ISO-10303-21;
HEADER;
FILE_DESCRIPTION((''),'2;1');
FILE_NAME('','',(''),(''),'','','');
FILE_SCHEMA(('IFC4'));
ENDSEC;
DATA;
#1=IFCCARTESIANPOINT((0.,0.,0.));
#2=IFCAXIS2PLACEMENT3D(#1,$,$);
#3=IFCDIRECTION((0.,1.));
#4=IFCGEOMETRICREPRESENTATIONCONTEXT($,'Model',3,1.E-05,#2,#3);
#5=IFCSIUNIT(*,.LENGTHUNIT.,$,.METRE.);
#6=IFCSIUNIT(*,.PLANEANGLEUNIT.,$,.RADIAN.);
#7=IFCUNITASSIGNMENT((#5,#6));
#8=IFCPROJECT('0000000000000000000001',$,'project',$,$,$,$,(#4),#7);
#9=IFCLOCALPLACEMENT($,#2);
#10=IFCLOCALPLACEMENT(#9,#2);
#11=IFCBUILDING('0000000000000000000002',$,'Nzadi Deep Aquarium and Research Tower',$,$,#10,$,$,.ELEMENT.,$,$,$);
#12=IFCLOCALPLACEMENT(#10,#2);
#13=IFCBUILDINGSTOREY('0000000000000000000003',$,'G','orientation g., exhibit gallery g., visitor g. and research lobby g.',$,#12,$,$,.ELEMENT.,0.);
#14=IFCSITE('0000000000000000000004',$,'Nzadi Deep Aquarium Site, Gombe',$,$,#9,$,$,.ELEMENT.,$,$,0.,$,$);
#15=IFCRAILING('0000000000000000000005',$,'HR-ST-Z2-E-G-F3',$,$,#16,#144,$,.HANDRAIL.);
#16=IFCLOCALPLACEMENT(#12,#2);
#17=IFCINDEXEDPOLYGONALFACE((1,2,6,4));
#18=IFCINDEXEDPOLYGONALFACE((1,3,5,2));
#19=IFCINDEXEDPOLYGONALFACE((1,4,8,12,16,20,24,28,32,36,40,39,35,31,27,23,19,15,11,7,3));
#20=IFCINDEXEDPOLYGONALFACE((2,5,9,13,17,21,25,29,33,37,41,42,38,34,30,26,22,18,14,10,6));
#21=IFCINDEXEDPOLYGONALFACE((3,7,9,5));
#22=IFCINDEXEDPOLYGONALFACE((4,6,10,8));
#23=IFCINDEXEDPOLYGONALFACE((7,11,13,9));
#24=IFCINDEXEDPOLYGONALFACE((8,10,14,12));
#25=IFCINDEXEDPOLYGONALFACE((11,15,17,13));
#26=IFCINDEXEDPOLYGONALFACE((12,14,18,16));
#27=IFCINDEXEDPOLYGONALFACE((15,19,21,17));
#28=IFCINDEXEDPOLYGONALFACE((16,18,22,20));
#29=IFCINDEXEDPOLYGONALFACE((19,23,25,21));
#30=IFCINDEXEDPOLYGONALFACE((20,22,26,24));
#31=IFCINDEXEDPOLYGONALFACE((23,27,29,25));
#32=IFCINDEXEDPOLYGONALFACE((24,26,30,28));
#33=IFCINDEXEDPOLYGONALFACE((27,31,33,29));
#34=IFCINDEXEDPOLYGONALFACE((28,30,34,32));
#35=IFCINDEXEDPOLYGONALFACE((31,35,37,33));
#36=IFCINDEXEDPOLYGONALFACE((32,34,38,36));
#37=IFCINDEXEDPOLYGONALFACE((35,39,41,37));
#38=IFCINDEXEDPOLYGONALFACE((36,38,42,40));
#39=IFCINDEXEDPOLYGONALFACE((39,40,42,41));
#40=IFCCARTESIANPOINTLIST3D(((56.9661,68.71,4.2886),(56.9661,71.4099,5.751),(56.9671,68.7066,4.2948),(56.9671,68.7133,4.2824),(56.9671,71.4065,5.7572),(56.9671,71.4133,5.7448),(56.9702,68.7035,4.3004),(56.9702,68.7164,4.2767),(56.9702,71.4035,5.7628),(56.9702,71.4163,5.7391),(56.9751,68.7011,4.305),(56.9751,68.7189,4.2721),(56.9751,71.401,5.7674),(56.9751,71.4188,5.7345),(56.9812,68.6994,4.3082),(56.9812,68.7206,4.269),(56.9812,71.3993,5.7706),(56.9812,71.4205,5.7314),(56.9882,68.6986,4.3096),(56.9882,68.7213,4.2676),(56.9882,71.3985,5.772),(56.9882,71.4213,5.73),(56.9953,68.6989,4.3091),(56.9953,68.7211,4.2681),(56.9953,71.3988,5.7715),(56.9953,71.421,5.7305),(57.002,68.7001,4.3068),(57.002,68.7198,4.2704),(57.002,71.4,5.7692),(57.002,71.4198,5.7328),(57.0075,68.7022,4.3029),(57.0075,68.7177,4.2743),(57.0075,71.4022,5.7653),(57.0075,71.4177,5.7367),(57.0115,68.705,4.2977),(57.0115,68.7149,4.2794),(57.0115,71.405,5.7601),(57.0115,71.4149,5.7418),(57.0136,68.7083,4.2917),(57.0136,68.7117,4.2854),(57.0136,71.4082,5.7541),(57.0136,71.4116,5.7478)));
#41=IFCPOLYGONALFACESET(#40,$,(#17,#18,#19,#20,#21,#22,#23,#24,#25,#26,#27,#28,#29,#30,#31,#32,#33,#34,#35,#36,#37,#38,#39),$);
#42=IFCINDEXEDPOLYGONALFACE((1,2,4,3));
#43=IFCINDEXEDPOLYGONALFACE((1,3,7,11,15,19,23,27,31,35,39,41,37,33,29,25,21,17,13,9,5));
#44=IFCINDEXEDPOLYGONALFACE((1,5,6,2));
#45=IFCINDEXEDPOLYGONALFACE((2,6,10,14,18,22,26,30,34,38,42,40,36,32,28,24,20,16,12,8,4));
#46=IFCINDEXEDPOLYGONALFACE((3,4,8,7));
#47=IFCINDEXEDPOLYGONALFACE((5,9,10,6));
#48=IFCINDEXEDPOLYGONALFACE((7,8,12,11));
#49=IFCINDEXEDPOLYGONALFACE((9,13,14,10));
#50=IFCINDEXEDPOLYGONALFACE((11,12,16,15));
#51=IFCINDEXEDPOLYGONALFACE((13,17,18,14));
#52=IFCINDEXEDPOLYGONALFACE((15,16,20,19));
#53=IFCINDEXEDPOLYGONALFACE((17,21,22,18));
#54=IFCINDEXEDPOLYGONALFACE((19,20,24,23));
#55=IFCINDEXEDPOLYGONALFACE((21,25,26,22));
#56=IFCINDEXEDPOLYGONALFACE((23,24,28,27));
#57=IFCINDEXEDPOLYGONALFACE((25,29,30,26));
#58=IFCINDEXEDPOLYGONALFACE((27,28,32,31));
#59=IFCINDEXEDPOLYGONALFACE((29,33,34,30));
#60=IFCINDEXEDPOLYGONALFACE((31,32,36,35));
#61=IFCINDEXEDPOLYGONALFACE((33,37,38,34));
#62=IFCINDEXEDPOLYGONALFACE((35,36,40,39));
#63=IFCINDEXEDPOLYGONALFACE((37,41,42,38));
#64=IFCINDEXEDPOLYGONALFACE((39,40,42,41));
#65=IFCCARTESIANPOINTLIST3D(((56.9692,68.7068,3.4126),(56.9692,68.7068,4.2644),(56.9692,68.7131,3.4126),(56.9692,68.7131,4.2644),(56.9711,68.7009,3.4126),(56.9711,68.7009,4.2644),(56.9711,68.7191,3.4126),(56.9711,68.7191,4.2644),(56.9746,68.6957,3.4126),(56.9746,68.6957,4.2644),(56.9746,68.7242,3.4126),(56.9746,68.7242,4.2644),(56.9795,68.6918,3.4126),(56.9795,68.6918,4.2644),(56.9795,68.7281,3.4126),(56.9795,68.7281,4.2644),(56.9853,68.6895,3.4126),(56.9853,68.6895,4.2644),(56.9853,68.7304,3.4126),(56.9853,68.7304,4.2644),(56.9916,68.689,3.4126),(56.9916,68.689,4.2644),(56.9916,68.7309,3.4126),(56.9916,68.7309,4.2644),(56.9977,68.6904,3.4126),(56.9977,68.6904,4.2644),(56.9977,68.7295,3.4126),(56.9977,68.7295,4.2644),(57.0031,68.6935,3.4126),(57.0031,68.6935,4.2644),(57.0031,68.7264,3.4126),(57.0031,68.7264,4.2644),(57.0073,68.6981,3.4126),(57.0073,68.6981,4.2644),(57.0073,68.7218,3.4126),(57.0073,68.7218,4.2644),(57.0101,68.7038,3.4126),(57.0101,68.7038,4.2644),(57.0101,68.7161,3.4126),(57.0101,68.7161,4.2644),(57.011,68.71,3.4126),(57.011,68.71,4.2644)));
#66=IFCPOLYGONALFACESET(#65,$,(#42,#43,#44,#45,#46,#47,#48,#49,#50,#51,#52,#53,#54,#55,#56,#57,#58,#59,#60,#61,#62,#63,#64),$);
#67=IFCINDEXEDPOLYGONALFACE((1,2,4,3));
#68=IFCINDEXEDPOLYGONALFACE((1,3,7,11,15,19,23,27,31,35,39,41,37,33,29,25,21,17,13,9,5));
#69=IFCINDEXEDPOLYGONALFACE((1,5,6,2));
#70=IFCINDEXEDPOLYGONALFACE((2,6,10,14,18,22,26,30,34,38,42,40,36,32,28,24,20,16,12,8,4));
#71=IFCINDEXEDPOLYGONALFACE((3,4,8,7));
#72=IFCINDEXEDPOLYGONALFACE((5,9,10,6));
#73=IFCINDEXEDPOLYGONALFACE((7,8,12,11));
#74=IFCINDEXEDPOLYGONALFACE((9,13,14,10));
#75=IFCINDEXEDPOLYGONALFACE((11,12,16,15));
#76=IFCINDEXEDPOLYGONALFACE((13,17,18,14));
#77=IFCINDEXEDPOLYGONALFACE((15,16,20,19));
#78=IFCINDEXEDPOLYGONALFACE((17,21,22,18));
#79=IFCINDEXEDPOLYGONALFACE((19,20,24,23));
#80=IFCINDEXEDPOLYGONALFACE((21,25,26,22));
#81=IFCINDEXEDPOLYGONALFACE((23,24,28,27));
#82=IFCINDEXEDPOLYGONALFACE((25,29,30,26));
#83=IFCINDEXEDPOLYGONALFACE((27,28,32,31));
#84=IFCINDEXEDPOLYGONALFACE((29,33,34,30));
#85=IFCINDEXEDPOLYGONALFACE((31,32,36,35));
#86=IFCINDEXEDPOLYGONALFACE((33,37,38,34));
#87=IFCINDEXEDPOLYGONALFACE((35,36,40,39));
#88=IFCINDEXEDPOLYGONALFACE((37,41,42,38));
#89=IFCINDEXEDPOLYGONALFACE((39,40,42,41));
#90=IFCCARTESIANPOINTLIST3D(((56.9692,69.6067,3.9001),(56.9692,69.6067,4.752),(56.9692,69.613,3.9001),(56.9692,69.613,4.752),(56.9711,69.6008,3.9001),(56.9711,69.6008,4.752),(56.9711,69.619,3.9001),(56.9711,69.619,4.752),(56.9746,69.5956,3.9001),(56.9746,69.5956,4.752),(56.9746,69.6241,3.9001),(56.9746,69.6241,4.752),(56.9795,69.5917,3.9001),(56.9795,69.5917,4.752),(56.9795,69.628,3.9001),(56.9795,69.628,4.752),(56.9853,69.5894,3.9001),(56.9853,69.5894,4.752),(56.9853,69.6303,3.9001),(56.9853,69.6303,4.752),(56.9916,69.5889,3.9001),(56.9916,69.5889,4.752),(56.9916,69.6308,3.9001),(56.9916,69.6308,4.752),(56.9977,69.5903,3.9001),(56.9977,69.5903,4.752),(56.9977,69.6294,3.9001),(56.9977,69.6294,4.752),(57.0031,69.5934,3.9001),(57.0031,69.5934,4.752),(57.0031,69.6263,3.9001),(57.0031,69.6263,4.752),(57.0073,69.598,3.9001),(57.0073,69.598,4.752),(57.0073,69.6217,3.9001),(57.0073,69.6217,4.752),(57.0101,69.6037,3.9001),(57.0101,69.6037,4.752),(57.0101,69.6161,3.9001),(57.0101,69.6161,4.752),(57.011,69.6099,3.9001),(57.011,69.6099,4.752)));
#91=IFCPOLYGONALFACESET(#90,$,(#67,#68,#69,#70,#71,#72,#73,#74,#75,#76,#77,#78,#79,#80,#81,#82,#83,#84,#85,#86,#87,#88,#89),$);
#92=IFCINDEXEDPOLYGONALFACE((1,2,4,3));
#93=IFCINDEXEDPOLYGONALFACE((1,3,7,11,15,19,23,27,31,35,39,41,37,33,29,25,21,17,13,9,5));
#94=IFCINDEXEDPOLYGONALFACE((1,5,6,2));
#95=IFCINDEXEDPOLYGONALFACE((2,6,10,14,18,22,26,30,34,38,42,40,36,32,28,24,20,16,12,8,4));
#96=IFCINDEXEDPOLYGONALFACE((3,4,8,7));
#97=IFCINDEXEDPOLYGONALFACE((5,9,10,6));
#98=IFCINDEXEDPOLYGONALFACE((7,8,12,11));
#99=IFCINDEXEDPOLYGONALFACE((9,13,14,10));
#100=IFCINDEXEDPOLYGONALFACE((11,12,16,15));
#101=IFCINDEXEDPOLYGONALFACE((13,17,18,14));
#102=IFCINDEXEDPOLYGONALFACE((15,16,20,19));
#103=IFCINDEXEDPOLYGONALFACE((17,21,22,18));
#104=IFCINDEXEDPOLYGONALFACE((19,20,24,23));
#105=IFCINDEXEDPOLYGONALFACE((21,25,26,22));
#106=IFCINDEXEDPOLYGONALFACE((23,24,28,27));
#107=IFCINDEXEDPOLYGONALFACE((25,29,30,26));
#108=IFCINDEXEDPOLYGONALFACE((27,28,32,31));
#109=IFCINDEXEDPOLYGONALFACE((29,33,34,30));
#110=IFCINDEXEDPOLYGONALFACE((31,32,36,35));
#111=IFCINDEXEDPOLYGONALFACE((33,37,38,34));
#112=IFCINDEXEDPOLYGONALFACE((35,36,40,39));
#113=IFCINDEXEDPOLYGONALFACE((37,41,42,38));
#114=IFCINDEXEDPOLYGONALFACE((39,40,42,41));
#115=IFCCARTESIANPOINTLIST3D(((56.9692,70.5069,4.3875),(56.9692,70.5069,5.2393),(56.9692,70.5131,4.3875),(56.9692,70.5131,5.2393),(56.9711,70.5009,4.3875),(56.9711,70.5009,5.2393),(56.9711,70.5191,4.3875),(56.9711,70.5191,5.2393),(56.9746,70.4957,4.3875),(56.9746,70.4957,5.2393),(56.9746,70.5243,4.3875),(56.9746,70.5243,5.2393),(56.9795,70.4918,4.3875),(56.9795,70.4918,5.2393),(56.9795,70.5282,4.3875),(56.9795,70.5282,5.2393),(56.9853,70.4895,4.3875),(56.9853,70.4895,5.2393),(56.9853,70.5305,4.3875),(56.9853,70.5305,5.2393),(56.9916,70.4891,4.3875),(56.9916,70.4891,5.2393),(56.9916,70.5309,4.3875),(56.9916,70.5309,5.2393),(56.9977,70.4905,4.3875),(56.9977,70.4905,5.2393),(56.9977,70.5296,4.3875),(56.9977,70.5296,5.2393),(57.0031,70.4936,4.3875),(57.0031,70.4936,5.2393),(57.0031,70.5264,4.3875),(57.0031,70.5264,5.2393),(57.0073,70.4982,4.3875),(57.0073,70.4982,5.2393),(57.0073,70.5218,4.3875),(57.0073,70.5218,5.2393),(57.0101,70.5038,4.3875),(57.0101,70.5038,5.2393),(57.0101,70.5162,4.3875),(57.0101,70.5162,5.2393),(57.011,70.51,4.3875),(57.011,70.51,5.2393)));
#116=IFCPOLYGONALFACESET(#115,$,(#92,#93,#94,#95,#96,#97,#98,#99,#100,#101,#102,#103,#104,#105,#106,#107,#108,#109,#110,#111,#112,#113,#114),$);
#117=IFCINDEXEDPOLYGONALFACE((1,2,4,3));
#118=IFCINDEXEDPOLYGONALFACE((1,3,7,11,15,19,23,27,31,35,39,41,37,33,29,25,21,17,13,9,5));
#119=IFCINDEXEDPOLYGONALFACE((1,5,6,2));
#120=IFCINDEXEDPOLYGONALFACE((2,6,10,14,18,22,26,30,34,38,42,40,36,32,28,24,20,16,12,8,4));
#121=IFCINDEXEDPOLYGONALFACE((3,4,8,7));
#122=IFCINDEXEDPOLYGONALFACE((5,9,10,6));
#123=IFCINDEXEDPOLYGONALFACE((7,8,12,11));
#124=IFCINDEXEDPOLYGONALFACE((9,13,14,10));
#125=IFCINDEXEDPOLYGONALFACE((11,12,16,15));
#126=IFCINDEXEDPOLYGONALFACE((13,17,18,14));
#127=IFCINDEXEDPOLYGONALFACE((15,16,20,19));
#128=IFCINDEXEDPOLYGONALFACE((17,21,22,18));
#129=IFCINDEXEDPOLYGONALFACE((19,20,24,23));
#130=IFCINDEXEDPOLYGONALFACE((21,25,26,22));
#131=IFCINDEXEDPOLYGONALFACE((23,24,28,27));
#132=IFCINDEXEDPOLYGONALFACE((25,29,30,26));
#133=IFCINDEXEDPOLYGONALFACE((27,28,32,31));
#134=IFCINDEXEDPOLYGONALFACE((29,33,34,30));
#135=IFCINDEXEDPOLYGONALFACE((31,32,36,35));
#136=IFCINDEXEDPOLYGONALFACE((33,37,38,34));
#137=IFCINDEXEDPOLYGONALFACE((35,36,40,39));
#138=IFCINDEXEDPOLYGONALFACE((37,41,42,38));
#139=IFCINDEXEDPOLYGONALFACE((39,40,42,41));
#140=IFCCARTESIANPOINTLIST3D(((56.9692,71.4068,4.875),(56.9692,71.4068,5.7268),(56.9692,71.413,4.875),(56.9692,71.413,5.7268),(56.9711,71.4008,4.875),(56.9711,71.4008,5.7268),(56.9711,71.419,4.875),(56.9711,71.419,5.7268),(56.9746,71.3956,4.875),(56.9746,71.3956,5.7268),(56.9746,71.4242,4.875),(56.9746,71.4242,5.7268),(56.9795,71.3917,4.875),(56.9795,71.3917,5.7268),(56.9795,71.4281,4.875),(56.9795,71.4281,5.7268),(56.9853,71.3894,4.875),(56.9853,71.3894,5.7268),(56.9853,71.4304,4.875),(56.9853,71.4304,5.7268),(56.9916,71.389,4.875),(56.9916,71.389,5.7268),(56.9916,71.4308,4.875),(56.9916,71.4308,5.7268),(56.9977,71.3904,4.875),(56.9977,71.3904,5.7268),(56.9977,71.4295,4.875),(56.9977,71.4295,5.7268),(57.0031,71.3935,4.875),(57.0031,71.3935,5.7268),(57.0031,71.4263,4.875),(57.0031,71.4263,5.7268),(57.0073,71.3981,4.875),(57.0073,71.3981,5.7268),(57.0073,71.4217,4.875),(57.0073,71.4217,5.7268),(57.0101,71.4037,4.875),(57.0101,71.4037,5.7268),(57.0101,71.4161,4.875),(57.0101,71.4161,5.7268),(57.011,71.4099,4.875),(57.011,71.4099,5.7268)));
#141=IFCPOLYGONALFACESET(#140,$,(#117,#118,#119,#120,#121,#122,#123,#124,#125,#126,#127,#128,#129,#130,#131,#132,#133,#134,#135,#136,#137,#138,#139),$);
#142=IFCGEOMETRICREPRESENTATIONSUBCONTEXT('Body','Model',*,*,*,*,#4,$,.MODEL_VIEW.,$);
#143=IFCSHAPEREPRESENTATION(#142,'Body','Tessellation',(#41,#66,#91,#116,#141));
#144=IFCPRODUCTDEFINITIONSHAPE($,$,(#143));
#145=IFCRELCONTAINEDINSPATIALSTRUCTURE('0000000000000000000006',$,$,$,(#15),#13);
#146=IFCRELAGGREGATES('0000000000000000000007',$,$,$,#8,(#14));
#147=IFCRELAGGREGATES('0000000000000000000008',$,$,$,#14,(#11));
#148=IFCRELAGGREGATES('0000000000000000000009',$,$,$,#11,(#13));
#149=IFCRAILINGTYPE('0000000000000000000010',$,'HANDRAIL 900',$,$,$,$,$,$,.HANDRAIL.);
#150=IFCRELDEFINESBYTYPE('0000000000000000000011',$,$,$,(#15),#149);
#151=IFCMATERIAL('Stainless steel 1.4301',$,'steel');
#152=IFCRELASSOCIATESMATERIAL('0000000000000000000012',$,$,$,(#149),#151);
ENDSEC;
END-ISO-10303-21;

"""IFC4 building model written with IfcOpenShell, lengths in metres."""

from ifc_helpers import new_model, si_unit, direction, frame, origin, origin_2d, place, context, subcontext, project, spatial, circle, extrude, material, type_object, element, save


model = new_model("IFC4")

# Units and contexts
model_context = context("Model", 3, precision=1e-05, world=origin(), true_north=direction((0.0, 1.0)))
body_context = subcontext(model_context, "Body", "Model", "MODEL_VIEW")
ifc_project = project(units=[si_unit("LENGTHUNIT", "METRE"), si_unit("PLANEANGLEUNIT", "RADIAN")], contexts=[model_context])

# Site, building, storey
site_placement = place(None, origin())
site = spatial("IfcSite", under=ifc_project, at=site_placement, Name="Nzadi Deep Aquarium Site, Gombe", CompositionType="ELEMENT", RefElevation=0.0)
building_placement = place(site_placement, origin())
building = spatial("IfcBuilding", under=site, at=building_placement, Name="Nzadi Deep Aquarium and Research Tower", CompositionType="ELEMENT")
storey_placement = place(building_placement, origin())
storey = spatial("IfcBuildingStorey", under=building, at=storey_placement, Name="G", Description="orientation g., exhibit gallery g., visitor g. and research lobby g.", CompositionType="ELEMENT", Elevation=0.0)

# Railing
ifc_material_1 = material(Name="Stainless steel 1.4301", Category="steel")
railing_type = type_object("IfcRailingType", Name="HANDRAIL 900", PredefinedType="HANDRAIL", material=ifc_material_1)
for number, where, name in (
    (1, (56.99, 68.71, 3.4126), "HR-ST-Z2-E-G-F3"),
):
    element("IfcRailing", number, at=place(storey_placement, frame(where)), inside=storey, type_object=railing_type, Name=name, PredefinedType="HANDRAIL", context=body_context, shape_type="SweptSolid", body=[
        extrude(circle(Radius=0.0239, at=origin_2d()), frame((0.0, 0.0, 0.876), z_axis=(0.0, 0.879302, 0.476265), x_axis=(-1.0, 0.0, 0.0)), (0.0, 0.0, 1.0), 3.0706),
        extrude(circle(Radius=0.021, at=origin_2d()), origin(), (0.0, 0.0, 1.0), 0.8518),
        extrude(circle(Radius=0.021, at=origin_2d()), frame((0.0, 0.8999, 0.4875)), (0.0, 0.0, 1.0), 0.8518),
        extrude(circle(Radius=0.021, at=origin_2d()), frame((0.0, 1.8, 0.9749)), (0.0, 0.0, 1.0), 0.8518),
        extrude(circle(Radius=0.021, at=origin_2d()), frame((0.0, 2.7, 1.4624)), (0.0, 0.0, 1.0), 0.8518),
    ])

save(model, "model.ifc")
